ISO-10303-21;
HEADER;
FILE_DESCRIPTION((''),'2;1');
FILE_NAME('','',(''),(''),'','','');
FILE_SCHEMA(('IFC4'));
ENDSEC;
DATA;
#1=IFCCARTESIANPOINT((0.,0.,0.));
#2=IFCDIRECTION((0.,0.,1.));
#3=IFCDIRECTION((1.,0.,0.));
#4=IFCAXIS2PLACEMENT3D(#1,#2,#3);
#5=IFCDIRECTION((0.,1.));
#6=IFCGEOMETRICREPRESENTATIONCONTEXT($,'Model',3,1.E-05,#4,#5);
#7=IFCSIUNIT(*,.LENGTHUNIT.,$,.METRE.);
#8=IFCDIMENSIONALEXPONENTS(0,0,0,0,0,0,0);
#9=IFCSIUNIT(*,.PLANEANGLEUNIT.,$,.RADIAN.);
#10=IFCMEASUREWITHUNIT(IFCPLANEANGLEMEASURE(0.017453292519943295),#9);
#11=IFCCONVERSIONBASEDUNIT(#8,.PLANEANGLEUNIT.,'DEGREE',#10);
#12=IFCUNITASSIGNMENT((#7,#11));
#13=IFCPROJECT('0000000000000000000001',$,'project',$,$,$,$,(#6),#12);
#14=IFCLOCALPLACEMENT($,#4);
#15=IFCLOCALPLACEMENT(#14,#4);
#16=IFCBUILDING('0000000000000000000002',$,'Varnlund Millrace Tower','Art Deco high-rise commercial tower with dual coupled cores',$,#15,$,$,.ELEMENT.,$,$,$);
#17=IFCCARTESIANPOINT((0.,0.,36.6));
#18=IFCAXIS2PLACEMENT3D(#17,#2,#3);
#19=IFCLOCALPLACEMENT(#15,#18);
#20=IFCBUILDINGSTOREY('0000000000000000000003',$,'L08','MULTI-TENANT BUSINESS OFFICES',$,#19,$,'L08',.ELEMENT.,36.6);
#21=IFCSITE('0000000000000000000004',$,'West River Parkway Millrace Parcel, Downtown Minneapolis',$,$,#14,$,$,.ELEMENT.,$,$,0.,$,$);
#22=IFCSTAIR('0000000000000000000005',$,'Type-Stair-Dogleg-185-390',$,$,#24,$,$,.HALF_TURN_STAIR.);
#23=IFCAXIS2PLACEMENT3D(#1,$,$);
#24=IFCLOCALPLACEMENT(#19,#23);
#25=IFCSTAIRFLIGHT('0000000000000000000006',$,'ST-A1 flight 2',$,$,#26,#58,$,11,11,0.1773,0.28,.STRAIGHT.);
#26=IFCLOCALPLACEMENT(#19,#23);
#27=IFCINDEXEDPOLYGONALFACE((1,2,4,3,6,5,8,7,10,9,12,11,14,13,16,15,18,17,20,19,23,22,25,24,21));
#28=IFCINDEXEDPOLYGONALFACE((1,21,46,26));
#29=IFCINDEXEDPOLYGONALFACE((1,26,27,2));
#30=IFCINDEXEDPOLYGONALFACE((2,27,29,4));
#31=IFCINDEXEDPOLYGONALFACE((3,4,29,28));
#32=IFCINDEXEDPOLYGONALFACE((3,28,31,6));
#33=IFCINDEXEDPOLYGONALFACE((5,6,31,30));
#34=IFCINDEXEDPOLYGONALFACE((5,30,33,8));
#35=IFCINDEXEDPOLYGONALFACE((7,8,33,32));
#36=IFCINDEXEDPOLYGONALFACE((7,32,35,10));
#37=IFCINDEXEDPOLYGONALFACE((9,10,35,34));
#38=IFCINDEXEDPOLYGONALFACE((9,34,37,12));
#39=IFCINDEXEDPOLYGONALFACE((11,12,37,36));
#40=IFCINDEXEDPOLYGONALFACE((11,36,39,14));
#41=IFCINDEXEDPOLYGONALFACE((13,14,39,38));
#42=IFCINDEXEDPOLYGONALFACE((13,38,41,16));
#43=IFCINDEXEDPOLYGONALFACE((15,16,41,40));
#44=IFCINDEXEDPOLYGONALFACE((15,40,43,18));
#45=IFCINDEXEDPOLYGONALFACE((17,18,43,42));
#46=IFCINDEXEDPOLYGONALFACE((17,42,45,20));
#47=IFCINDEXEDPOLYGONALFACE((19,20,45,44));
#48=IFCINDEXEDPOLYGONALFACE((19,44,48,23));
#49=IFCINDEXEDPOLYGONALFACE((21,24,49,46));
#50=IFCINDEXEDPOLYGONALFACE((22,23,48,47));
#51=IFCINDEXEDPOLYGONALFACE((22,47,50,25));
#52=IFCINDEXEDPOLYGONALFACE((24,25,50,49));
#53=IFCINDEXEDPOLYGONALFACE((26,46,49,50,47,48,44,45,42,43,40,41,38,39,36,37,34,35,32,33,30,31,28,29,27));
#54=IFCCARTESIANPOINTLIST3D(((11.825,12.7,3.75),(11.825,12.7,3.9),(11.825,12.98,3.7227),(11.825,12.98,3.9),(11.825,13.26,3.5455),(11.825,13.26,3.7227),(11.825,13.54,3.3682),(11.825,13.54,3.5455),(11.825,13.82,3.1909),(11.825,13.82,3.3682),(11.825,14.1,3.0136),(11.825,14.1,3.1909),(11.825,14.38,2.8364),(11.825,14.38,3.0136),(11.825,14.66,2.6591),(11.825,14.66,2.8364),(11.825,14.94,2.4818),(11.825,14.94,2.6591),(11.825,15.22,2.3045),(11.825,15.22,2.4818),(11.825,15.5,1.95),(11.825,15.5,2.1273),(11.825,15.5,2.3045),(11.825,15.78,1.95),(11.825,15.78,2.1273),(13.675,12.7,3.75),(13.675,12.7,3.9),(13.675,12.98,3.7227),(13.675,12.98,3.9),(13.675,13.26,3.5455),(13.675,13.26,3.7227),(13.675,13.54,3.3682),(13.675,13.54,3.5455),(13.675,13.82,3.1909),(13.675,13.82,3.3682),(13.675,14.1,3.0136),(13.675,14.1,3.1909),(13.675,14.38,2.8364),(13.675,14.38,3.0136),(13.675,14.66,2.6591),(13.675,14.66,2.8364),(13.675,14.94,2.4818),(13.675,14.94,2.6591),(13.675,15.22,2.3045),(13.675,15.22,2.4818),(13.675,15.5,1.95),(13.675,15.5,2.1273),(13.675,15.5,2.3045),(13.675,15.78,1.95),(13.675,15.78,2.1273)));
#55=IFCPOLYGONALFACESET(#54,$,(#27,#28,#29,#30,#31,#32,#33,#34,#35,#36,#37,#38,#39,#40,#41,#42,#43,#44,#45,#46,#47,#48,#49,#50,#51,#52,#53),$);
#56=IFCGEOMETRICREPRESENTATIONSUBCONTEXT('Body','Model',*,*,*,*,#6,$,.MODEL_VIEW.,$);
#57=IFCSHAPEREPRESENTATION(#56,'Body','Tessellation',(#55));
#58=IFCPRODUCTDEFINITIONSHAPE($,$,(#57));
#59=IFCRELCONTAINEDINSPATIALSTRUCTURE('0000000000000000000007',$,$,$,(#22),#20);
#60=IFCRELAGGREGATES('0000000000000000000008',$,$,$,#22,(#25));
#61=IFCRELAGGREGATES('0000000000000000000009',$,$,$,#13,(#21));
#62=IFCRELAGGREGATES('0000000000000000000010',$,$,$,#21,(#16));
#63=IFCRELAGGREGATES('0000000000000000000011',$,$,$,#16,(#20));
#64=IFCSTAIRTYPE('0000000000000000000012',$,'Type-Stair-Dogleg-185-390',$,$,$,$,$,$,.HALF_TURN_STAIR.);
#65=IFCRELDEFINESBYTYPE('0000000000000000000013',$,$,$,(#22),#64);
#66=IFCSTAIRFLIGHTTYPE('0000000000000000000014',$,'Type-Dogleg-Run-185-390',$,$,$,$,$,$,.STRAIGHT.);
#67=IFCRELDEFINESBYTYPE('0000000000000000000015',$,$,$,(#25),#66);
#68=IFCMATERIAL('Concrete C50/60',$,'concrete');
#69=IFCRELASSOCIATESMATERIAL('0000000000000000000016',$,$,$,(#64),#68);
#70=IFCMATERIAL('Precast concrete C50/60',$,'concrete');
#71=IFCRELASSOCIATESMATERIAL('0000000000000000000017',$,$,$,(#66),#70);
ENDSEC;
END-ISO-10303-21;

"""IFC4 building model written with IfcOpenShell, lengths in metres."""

from ifc_helpers import new_model, entity, si_unit, converted_unit, direction, frame, origin_with_axes, place, context, subcontext, project, spatial, polyline, outline, extrude, material, type_object, element, aggregate, save


model = new_model("IFC4")

# Units and contexts
model_context = context("Model", 3, precision=1e-05, world=origin_with_axes(), true_north=direction((0.0, 1.0)))
body_context = subcontext(model_context, "Body", "Model", "MODEL_VIEW")
ifc_project = project(units=[si_unit("LENGTHUNIT", "METRE"), converted_unit("PLANEANGLEUNIT", "DEGREE", entity("IfcPlaneAngleMeasure", 0.017453292519943295), si_unit("PLANEANGLEUNIT", "RADIAN"), dimensions=[0, 0, 0, 0, 0, 0, 0])], contexts=[model_context])

# Site, building, storey
site_placement = place(None, origin_with_axes())
site = spatial("IfcSite", under=ifc_project, at=site_placement, Name="West River Parkway Millrace Parcel, Downtown Minneapolis", CompositionType="ELEMENT", RefElevation=0.0)
building_placement = place(site_placement, origin_with_axes())
building = spatial("IfcBuilding", under=site, at=building_placement, Name="Varnlund Millrace Tower", Description="Art Deco high-rise commercial tower with dual coupled cores", CompositionType="ELEMENT")
storey_placement = place(building_placement, frame((0.0, 0.0, 36.6), z_axis=(0.0, 0.0, 1.0), x_axis=(1.0, 0.0, 0.0)))
storey = spatial("IfcBuildingStorey", under=building, at=storey_placement, Name="L08", Description="MULTI-TENANT BUSINESS OFFICES", LongName="L08", CompositionType="ELEMENT", Elevation=36.6)

# Stair, stair flight
ifc_material_1 = material(Name="Concrete C50/60", Category="concrete")
stair_type = type_object("IfcStairType", Name="Type-Stair-Dogleg-185-390", PredefinedType="HALF_TURN_STAIR", material=ifc_material_1)
stair_placement = place(storey_placement, origin_with_axes())
stair = element("IfcStair", 1, at=stair_placement, inside=storey, type_object=stair_type, Name="Type-Stair-Dogleg-185-390", PredefinedType="HALF_TURN_STAIR")
ifc_material_2 = material(Name="Precast concrete C50/60", Category="concrete")
stair_flight_type = type_object("IfcStairFlightType", Name="Type-Dogleg-Run-185-390", PredefinedType="STRAIGHT", material=ifc_material_2)
stair_flight_placement = place(storey_placement, frame((13.675, 15.78, 1.95), z_axis=(-1.0, 0.0, 0.0), x_axis=(0.0, -1.0, 0.0)))
stair_flight = element("IfcStairFlight", 2, at=stair_flight_placement, type_object=stair_flight_type, Name="ST-A1 flight 2", NumberOfRisers=11, NumberOfTreads=11, PredefinedType="STRAIGHT", RiserHeight=0.1773, TreadLength=0.28, context=body_context, shape_type="SweptSolid", body=[
    extrude(outline(polyline([(0.0, 0.0), (0.0, 0.1773), (0.28, 0.1773), (0.28, 0.3545), (0.56, 0.3545), (0.56, 0.5318), (0.84, 0.5318), (0.84, 0.7091), (1.12, 0.7091), (1.12, 0.8864), (1.4, 0.8864), (1.4, 1.0636), (1.68, 1.0636), (1.68, 1.2409), (1.96, 1.2409), (1.96, 1.4182), (2.24, 1.4182), (2.24, 1.5955), (2.52, 1.5955), (2.52, 1.7727), (2.8, 1.7727), (2.8, 1.95), (3.08, 1.95), (3.08, 1.8), (0.28, 0.0), (0.0, 0.0)])), origin_with_axes(), (0.0, 0.0, 1.0), 1.85),
])
aggregate(stair, [stair_flight])

save(model, "model.ifc")
